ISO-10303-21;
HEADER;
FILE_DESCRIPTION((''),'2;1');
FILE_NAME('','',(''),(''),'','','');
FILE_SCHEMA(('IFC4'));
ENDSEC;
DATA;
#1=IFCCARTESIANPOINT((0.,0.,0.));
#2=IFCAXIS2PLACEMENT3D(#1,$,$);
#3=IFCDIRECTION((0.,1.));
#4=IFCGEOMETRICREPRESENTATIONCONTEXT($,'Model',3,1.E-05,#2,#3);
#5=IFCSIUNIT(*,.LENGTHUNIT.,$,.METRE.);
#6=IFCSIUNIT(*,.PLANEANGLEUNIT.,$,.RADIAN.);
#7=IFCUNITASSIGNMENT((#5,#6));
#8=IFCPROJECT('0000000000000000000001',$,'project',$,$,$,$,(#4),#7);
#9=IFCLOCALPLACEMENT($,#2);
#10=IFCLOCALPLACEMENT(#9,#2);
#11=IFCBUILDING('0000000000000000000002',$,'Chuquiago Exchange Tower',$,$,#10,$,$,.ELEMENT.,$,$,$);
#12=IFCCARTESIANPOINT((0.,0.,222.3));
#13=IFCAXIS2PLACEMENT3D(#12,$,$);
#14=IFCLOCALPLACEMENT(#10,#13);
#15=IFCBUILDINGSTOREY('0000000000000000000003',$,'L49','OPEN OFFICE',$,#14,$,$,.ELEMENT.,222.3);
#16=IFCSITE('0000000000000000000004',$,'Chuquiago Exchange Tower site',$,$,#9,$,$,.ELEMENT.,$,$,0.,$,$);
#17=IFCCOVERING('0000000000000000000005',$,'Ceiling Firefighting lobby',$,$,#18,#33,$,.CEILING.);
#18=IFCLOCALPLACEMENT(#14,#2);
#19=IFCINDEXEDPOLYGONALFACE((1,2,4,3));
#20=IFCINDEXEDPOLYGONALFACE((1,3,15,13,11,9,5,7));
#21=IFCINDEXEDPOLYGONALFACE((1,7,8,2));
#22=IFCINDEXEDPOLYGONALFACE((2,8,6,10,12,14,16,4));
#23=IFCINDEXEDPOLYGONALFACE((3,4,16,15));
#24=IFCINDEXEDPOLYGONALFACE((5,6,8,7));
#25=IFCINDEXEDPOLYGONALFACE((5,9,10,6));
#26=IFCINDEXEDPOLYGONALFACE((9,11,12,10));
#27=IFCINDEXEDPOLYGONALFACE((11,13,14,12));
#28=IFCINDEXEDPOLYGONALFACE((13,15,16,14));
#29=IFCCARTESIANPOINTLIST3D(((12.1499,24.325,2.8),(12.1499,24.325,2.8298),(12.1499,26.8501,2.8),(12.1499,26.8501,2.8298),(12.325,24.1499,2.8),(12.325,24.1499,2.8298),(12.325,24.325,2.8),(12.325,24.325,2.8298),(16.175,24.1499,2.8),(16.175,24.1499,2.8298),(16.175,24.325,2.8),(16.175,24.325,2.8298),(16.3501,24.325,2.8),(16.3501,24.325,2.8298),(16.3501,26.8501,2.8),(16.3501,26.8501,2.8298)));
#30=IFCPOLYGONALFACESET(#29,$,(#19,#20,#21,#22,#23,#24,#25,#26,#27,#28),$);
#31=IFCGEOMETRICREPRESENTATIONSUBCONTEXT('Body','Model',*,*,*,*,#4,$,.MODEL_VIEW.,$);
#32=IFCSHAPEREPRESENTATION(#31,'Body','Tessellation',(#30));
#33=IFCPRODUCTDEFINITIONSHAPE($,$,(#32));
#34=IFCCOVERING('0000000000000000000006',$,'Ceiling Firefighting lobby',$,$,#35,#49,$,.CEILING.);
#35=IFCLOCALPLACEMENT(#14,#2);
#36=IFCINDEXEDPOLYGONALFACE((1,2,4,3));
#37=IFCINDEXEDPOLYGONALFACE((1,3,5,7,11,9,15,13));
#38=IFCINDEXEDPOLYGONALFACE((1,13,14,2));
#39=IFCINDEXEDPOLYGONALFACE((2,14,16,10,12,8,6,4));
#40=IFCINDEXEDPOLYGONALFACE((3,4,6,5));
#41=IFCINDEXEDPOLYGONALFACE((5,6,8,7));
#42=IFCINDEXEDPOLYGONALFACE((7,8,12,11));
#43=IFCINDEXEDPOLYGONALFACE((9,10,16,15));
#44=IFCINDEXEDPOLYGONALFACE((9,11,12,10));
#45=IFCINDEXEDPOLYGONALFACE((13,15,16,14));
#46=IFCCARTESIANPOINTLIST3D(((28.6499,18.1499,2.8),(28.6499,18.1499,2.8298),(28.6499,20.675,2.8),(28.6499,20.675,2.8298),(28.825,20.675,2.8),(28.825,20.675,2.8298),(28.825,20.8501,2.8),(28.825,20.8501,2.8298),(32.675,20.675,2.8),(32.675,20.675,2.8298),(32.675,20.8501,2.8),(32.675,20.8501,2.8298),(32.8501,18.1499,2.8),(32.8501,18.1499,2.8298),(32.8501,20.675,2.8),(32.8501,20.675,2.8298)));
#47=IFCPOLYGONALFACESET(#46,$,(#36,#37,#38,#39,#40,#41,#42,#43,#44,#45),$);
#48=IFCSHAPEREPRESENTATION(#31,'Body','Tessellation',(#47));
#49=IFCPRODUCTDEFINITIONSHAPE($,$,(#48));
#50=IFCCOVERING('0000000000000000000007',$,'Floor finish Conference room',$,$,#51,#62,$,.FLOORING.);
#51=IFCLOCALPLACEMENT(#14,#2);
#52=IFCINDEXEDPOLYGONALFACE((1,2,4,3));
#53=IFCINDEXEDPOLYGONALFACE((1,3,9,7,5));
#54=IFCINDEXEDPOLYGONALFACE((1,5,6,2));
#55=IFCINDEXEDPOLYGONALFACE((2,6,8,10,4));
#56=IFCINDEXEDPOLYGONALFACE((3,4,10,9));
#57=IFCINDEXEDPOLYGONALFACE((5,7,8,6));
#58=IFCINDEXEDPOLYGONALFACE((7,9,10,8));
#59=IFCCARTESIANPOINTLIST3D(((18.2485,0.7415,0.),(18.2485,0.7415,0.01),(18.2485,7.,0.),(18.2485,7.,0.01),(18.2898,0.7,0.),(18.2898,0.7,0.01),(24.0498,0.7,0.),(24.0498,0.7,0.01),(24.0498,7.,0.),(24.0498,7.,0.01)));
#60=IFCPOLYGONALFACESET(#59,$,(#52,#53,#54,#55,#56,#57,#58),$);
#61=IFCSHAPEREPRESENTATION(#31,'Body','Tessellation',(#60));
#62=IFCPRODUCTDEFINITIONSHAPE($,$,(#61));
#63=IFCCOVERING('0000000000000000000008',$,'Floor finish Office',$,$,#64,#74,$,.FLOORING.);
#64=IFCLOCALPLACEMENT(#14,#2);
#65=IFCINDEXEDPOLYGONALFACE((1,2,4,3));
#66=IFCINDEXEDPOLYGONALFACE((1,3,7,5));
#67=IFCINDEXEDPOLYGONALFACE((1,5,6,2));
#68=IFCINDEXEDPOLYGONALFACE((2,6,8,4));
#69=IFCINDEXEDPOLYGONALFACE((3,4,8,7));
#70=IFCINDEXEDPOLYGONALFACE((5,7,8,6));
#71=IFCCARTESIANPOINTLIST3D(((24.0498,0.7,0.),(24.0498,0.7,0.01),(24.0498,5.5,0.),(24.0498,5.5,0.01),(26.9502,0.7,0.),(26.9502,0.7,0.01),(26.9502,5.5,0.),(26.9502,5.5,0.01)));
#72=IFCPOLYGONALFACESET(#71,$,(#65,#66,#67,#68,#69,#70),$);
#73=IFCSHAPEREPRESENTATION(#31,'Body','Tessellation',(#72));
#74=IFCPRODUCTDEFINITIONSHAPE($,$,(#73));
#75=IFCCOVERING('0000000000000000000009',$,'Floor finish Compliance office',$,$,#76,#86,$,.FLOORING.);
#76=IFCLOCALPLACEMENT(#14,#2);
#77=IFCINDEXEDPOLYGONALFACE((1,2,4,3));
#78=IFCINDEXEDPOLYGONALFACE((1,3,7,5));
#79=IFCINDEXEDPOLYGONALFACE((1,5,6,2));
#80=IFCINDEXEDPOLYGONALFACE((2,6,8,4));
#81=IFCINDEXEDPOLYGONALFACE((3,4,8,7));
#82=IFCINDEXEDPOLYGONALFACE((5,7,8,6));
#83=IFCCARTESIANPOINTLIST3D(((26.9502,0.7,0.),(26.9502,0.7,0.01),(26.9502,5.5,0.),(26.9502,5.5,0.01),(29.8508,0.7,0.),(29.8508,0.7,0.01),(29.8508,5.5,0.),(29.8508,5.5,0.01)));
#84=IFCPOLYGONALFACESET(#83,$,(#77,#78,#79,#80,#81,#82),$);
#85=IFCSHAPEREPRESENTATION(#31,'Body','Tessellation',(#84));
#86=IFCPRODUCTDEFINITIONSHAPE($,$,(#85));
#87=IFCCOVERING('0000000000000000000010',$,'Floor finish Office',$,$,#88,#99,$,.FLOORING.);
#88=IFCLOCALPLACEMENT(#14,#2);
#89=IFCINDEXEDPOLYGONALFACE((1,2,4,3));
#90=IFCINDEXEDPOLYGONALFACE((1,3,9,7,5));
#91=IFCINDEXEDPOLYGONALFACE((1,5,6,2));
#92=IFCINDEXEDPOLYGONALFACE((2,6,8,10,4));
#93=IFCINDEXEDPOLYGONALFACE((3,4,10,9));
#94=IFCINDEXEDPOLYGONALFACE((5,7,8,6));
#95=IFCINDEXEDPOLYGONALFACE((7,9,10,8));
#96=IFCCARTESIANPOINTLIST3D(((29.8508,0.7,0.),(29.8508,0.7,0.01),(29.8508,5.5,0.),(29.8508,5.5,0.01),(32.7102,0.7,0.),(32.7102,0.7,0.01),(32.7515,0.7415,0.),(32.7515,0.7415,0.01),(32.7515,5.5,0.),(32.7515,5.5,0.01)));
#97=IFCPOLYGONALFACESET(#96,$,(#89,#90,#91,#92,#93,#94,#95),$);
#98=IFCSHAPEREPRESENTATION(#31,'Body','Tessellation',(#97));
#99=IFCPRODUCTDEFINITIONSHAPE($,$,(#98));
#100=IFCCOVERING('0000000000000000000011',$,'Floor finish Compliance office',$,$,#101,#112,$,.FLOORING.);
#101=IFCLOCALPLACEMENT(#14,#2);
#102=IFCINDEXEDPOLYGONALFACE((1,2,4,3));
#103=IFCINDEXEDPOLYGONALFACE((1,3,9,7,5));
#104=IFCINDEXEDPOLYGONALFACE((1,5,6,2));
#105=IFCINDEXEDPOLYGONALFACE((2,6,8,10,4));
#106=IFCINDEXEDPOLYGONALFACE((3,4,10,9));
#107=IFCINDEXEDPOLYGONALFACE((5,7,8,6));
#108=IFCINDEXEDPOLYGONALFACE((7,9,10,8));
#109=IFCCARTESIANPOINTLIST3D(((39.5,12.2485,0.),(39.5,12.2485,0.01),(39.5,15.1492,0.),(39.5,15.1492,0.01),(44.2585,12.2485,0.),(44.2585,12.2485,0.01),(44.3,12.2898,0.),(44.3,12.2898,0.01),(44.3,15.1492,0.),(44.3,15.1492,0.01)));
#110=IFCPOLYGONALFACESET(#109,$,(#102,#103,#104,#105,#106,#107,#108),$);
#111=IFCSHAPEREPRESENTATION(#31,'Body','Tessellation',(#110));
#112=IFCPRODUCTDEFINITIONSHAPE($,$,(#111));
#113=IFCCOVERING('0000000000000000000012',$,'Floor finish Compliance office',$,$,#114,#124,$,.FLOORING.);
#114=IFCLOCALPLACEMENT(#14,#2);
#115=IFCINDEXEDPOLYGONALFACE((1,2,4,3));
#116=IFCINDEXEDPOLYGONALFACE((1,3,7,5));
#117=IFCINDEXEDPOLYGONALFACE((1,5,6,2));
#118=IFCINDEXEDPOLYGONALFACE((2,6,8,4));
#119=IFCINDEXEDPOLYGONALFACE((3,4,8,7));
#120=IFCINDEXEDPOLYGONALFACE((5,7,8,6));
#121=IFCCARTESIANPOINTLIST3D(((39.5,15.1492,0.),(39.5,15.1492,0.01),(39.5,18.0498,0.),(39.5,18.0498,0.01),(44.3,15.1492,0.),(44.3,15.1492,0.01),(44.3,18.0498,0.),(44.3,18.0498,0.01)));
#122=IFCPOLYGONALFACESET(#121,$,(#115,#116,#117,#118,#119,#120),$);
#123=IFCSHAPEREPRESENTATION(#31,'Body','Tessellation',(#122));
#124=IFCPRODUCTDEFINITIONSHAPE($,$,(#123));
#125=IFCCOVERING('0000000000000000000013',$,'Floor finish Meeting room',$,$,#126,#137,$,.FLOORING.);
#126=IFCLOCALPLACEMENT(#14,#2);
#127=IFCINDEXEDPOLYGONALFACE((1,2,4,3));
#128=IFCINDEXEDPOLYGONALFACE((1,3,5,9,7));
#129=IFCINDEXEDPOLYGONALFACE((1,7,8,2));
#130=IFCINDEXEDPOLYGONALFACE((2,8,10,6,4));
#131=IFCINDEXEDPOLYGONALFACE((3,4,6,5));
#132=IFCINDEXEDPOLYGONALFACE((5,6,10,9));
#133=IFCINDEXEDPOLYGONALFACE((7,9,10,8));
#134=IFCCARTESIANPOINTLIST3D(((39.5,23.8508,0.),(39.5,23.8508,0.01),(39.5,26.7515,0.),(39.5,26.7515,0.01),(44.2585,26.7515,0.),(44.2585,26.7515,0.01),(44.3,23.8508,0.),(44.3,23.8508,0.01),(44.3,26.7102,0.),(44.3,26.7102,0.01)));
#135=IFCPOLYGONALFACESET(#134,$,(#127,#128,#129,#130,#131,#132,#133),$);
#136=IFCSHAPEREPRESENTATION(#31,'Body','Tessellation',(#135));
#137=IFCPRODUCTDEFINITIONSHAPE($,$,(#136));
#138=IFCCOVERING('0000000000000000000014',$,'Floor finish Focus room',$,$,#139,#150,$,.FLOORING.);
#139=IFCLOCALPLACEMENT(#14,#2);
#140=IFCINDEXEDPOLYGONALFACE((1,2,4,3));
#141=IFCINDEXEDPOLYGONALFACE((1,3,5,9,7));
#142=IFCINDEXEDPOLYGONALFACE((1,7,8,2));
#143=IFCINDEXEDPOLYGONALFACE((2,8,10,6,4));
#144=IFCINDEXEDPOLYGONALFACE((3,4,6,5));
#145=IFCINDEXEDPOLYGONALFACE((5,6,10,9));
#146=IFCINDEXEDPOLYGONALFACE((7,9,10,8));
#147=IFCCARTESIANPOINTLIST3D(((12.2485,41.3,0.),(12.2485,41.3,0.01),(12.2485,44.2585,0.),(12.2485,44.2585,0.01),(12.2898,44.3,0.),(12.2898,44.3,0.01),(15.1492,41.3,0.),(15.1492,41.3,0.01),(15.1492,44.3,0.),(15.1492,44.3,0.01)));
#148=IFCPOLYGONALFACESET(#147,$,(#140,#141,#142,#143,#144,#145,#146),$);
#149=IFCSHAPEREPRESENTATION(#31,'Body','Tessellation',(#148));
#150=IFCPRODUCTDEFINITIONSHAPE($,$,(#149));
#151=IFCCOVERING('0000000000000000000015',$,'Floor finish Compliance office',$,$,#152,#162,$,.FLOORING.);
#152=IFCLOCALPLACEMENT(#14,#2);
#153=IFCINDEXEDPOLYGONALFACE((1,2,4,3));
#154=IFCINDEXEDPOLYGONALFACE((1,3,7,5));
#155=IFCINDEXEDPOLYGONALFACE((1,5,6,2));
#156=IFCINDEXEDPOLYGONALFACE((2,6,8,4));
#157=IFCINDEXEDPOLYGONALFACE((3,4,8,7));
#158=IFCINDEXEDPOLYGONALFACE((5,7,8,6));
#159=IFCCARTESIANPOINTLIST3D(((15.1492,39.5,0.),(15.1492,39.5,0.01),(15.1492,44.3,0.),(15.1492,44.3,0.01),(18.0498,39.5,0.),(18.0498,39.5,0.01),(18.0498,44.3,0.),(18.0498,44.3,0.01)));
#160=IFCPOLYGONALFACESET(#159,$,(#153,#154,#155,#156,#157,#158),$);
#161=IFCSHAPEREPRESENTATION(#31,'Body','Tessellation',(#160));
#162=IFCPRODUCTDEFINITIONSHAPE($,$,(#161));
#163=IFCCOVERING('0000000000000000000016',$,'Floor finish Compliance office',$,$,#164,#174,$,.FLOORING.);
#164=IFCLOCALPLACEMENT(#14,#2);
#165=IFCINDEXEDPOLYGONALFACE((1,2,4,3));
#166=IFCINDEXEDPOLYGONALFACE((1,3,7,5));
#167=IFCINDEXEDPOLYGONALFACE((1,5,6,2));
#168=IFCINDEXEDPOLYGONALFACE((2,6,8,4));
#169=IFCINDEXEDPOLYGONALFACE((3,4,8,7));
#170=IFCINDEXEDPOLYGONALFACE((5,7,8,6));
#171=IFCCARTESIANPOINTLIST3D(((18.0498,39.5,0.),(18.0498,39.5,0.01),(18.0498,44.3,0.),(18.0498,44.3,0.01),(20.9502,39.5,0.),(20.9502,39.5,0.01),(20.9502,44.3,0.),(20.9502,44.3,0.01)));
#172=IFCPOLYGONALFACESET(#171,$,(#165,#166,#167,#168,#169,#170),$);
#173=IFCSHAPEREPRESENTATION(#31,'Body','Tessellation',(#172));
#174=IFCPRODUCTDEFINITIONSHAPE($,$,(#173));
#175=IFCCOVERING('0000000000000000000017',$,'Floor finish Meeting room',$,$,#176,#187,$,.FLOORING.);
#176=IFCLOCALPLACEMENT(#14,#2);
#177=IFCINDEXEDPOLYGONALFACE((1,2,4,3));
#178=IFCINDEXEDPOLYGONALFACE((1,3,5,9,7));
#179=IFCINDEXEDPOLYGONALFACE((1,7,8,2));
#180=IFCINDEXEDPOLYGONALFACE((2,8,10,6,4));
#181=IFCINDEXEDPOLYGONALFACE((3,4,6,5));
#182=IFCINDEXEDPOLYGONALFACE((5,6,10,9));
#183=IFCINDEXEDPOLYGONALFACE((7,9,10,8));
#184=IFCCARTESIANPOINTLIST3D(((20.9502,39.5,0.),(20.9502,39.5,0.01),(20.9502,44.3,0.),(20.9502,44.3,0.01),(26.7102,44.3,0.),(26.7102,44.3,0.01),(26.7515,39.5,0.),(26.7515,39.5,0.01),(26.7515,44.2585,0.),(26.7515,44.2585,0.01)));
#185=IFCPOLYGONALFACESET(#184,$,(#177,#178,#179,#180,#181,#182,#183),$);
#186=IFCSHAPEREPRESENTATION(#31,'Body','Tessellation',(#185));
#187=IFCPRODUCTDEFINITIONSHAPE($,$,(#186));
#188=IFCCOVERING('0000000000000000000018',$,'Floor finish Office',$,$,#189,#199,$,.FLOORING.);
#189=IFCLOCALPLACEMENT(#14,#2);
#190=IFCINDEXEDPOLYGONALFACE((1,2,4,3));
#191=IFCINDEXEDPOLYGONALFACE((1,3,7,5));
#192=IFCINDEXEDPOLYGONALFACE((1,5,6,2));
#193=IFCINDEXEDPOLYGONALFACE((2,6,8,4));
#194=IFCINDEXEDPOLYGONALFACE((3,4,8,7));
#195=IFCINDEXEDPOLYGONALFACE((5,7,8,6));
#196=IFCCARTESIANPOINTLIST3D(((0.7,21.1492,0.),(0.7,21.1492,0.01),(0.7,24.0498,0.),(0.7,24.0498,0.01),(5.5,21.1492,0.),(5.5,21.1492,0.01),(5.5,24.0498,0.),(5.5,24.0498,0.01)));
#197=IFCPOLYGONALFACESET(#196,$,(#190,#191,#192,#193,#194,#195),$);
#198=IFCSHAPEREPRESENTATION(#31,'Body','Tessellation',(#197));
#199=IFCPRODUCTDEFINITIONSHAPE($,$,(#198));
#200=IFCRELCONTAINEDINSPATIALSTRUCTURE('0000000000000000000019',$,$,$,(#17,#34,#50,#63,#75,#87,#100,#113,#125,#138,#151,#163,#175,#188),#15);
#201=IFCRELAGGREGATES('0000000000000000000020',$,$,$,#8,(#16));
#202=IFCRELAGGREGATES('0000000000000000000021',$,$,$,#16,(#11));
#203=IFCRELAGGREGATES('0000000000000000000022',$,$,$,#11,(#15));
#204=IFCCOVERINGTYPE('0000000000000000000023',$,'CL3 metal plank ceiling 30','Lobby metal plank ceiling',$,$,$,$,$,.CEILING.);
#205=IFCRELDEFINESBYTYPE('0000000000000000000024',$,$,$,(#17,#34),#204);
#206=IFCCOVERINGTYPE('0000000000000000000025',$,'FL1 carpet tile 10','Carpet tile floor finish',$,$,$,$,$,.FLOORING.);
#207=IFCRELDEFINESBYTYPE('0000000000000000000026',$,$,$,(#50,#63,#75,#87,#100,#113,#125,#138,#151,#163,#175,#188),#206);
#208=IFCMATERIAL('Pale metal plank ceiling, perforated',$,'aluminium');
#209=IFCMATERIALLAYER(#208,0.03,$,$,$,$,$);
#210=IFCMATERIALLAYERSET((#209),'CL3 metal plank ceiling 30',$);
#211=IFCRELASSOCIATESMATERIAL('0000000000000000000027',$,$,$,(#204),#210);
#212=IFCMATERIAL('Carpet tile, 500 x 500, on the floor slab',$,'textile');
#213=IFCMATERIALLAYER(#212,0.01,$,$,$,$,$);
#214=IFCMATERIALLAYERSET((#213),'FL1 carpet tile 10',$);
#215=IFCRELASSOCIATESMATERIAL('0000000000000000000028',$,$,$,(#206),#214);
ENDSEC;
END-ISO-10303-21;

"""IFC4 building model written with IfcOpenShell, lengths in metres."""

from ifc_helpers import new_model, si_unit, direction, frame, origin, place, context, subcontext, project, spatial, polyline, outline, extrude, material, layer, layer_set, type_object, element, save


model = new_model("IFC4")

# Units and contexts
model_context = context("Model", 3, precision=1e-05, world=origin(), true_north=direction((0.0, 1.0)))
body_context = subcontext(model_context, "Body", "Model", "MODEL_VIEW")
ifc_project = project(units=[si_unit("LENGTHUNIT", "METRE"), si_unit("PLANEANGLEUNIT", "RADIAN")], contexts=[model_context])

# Site, building, storey
site_placement = place(None, origin())
site = spatial("IfcSite", under=ifc_project, at=site_placement, Name="Chuquiago Exchange Tower site", CompositionType="ELEMENT", RefElevation=0.0)
building_placement = place(site_placement, origin())
building = spatial("IfcBuilding", under=site, at=building_placement, Name="Chuquiago Exchange Tower", CompositionType="ELEMENT")
storey_placement = place(building_placement, frame((0.0, 0.0, 222.3)))
storey = spatial("IfcBuildingStorey", under=building, at=storey_placement, Name="L49", Description="OPEN OFFICE", CompositionType="ELEMENT", Elevation=222.3)

# Coverings
ifc_material_1 = material(Name="Pale metal plank ceiling, perforated", Category="aluminium")
ifc_layer_1 = layer(ifc_material_1, 0.03)
ifc_layer_set_1 = layer_set([ifc_layer_1], Name="CL3 metal plank ceiling 30")
covering_type_1 = type_object("IfcCoveringType", Name="CL3 metal plank ceiling 30", Description="Lobby metal plank ceiling", PredefinedType="CEILING", material=ifc_layer_set_1)
covering_1_placement = place(storey_placement, frame((0.0, 0.0, 2.8)))
element("IfcCovering", 1, at=covering_1_placement, inside=storey, type_object=covering_type_1, Name="Ceiling Firefighting lobby", PredefinedType="CEILING", context=body_context, shape_type="SweptSolid", body=[
    extrude(outline(polyline([(12.325, 24.1499), (12.325, 24.325), (12.1499, 24.325), (12.1499, 26.8501), (16.3501, 26.8501), (16.3501, 24.325), (16.175, 24.325), (16.175, 24.1499), (12.325, 24.1499)])), origin(), (0.0, 0.0, 1.0), 0.0298),
])
covering_2_placement = place(storey_placement, frame((0.0, 0.0, 2.8)))
element("IfcCovering", 2, at=covering_2_placement, inside=storey, type_object=covering_type_1, Name="Ceiling Firefighting lobby", PredefinedType="CEILING", context=body_context, shape_type="SweptSolid", body=[
    extrude(outline(polyline([(28.6499, 18.1499), (28.6499, 20.675), (28.825, 20.675), (28.825, 20.8501), (32.675, 20.8501), (32.675, 20.675), (32.8501, 20.675), (32.8501, 18.1499), (28.6499, 18.1499)])), origin(), (0.0, 0.0, 1.0), 0.0298),
])
ifc_material_2 = material(Name="Carpet tile, 500 x 500, on the floor slab", Category="textile")
ifc_layer_2 = layer(ifc_material_2, 0.01)
ifc_layer_set_2 = layer_set([ifc_layer_2], Name="FL1 carpet tile 10")
covering_type_2 = type_object("IfcCoveringType", Name="FL1 carpet tile 10", Description="Carpet tile floor finish", PredefinedType="FLOORING", material=ifc_layer_set_2)
covering_3_placement = place(storey_placement, origin())
element("IfcCovering", 3, at=covering_3_placement, inside=storey, type_object=covering_type_2, Name="Floor finish Conference room", PredefinedType="FLOORING", context=body_context, shape_type="SweptSolid", body=[
    extrude(outline(polyline([(18.2898, 0.7), (18.2485, 0.7415), (18.2485, 7.0), (24.0498, 7.0), (24.0498, 0.7), (18.2898, 0.7)])), origin(), (0.0, 0.0, 1.0), 0.01),
])
covering_4_placement = place(storey_placement, origin())
element("IfcCovering", 4, at=covering_4_placement, inside=storey, type_object=covering_type_2, Name="Floor finish Office", PredefinedType="FLOORING", context=body_context, shape_type="SweptSolid", body=[
    extrude(outline(polyline([(24.0498, 0.7), (24.0498, 5.5), (26.9502, 5.5), (26.9502, 0.7), (24.0498, 0.7)])), origin(), (0.0, 0.0, 1.0), 0.01),
])
covering_5_placement = place(storey_placement, origin())
element("IfcCovering", 5, at=covering_5_placement, inside=storey, type_object=covering_type_2, Name="Floor finish Compliance office", PredefinedType="FLOORING", context=body_context, shape_type="SweptSolid", body=[
    extrude(outline(polyline([(26.9502, 0.7), (26.9502, 5.5), (29.8508, 5.5), (29.8508, 0.7), (26.9502, 0.7)])), origin(), (0.0, 0.0, 1.0), 0.01),
])
covering_6_placement = place(storey_placement, origin())
element("IfcCovering", 6, at=covering_6_placement, inside=storey, type_object=covering_type_2, Name="Floor finish Office", PredefinedType="FLOORING", context=body_context, shape_type="SweptSolid", body=[
    extrude(outline(polyline([(32.7102, 0.7), (29.8508, 0.7), (29.8508, 5.5), (32.7515, 5.5), (32.7515, 0.7415), (32.7102, 0.7)])), origin(), (0.0, 0.0, 1.0), 0.01),
])
covering_7_placement = place(storey_placement, origin())
element("IfcCovering", 7, at=covering_7_placement, inside=storey, type_object=covering_type_2, Name="Floor finish Compliance office", PredefinedType="FLOORING", context=body_context, shape_type="SweptSolid", body=[
    extrude(outline(polyline([(44.3, 12.2898), (44.2585, 12.2485), (39.5, 12.2485), (39.5, 15.1492), (44.3, 15.1492), (44.3, 12.2898)])), origin(), (0.0, 0.0, 1.0), 0.01),
])
covering_8_placement = place(storey_placement, origin())
element("IfcCovering", 8, at=covering_8_placement, inside=storey, type_object=covering_type_2, Name="Floor finish Compliance office", PredefinedType="FLOORING", context=body_context, shape_type="SweptSolid", body=[
    extrude(outline(polyline([(44.3, 15.1492), (39.5, 15.1492), (39.5, 18.0498), (44.3, 18.0498), (44.3, 15.1492)])), origin(), (0.0, 0.0, 1.0), 0.01),
])
covering_9_placement = place(storey_placement, origin())
element("IfcCovering", 9, at=covering_9_placement, inside=storey, type_object=covering_type_2, Name="Floor finish Meeting room", PredefinedType="FLOORING", context=body_context, shape_type="SweptSolid", body=[
    extrude(outline(polyline([(44.3, 26.7102), (44.3, 23.8508), (39.5, 23.8508), (39.5, 26.7515), (44.2585, 26.7515), (44.3, 26.7102)])), origin(), (0.0, 0.0, 1.0), 0.01),
])
covering_10_placement = place(storey_placement, origin())
element("IfcCovering", 10, at=covering_10_placement, inside=storey, type_object=covering_type_2, Name="Floor finish Focus room", PredefinedType="FLOORING", context=body_context, shape_type="SweptSolid", body=[
    extrude(outline(polyline([(12.2898, 44.3), (15.1492, 44.3), (15.1492, 41.3), (12.2485, 41.3), (12.2485, 44.2585), (12.2898, 44.3)])), origin(), (0.0, 0.0, 1.0), 0.01),
])
covering_11_placement = place(storey_placement, origin())
element("IfcCovering", 11, at=covering_11_placement, inside=storey, type_object=covering_type_2, Name="Floor finish Compliance office", PredefinedType="FLOORING", context=body_context, shape_type="SweptSolid", body=[
    extrude(outline(polyline([(18.0498, 44.3), (18.0498, 39.5), (15.1492, 39.5), (15.1492, 44.3), (18.0498, 44.3)])), origin(), (0.0, 0.0, 1.0), 0.01),
])
covering_12_placement = place(storey_placement, origin())
element("IfcCovering", 12, at=covering_12_placement, inside=storey, type_object=covering_type_2, Name="Floor finish Compliance office", PredefinedType="FLOORING", context=body_context, shape_type="SweptSolid", body=[
    extrude(outline(polyline([(20.9502, 44.3), (20.9502, 39.5), (18.0498, 39.5), (18.0498, 44.3), (20.9502, 44.3)])), origin(), (0.0, 0.0, 1.0), 0.01),
])
covering_13_placement = place(storey_placement, origin())
element("IfcCovering", 13, at=covering_13_placement, inside=storey, type_object=covering_type_2, Name="Floor finish Meeting room", PredefinedType="FLOORING", context=body_context, shape_type="SweptSolid", body=[
    extrude(outline(polyline([(26.7102, 44.3), (26.7515, 44.2585), (26.7515, 39.5), (20.9502, 39.5), (20.9502, 44.3), (26.7102, 44.3)])), origin(), (0.0, 0.0, 1.0), 0.01),
])
covering_14_placement = place(storey_placement, origin())
element("IfcCovering", 14, at=covering_14_placement, inside=storey, type_object=covering_type_2, Name="Floor finish Office", PredefinedType="FLOORING", context=body_context, shape_type="SweptSolid", body=[
    extrude(outline(polyline([(0.7, 24.0498), (5.5, 24.0498), (5.5, 21.1492), (0.7, 21.1492), (0.7, 24.0498)])), origin(), (0.0, 0.0, 1.0), 0.01),
])

save(model, "model.ifc")
